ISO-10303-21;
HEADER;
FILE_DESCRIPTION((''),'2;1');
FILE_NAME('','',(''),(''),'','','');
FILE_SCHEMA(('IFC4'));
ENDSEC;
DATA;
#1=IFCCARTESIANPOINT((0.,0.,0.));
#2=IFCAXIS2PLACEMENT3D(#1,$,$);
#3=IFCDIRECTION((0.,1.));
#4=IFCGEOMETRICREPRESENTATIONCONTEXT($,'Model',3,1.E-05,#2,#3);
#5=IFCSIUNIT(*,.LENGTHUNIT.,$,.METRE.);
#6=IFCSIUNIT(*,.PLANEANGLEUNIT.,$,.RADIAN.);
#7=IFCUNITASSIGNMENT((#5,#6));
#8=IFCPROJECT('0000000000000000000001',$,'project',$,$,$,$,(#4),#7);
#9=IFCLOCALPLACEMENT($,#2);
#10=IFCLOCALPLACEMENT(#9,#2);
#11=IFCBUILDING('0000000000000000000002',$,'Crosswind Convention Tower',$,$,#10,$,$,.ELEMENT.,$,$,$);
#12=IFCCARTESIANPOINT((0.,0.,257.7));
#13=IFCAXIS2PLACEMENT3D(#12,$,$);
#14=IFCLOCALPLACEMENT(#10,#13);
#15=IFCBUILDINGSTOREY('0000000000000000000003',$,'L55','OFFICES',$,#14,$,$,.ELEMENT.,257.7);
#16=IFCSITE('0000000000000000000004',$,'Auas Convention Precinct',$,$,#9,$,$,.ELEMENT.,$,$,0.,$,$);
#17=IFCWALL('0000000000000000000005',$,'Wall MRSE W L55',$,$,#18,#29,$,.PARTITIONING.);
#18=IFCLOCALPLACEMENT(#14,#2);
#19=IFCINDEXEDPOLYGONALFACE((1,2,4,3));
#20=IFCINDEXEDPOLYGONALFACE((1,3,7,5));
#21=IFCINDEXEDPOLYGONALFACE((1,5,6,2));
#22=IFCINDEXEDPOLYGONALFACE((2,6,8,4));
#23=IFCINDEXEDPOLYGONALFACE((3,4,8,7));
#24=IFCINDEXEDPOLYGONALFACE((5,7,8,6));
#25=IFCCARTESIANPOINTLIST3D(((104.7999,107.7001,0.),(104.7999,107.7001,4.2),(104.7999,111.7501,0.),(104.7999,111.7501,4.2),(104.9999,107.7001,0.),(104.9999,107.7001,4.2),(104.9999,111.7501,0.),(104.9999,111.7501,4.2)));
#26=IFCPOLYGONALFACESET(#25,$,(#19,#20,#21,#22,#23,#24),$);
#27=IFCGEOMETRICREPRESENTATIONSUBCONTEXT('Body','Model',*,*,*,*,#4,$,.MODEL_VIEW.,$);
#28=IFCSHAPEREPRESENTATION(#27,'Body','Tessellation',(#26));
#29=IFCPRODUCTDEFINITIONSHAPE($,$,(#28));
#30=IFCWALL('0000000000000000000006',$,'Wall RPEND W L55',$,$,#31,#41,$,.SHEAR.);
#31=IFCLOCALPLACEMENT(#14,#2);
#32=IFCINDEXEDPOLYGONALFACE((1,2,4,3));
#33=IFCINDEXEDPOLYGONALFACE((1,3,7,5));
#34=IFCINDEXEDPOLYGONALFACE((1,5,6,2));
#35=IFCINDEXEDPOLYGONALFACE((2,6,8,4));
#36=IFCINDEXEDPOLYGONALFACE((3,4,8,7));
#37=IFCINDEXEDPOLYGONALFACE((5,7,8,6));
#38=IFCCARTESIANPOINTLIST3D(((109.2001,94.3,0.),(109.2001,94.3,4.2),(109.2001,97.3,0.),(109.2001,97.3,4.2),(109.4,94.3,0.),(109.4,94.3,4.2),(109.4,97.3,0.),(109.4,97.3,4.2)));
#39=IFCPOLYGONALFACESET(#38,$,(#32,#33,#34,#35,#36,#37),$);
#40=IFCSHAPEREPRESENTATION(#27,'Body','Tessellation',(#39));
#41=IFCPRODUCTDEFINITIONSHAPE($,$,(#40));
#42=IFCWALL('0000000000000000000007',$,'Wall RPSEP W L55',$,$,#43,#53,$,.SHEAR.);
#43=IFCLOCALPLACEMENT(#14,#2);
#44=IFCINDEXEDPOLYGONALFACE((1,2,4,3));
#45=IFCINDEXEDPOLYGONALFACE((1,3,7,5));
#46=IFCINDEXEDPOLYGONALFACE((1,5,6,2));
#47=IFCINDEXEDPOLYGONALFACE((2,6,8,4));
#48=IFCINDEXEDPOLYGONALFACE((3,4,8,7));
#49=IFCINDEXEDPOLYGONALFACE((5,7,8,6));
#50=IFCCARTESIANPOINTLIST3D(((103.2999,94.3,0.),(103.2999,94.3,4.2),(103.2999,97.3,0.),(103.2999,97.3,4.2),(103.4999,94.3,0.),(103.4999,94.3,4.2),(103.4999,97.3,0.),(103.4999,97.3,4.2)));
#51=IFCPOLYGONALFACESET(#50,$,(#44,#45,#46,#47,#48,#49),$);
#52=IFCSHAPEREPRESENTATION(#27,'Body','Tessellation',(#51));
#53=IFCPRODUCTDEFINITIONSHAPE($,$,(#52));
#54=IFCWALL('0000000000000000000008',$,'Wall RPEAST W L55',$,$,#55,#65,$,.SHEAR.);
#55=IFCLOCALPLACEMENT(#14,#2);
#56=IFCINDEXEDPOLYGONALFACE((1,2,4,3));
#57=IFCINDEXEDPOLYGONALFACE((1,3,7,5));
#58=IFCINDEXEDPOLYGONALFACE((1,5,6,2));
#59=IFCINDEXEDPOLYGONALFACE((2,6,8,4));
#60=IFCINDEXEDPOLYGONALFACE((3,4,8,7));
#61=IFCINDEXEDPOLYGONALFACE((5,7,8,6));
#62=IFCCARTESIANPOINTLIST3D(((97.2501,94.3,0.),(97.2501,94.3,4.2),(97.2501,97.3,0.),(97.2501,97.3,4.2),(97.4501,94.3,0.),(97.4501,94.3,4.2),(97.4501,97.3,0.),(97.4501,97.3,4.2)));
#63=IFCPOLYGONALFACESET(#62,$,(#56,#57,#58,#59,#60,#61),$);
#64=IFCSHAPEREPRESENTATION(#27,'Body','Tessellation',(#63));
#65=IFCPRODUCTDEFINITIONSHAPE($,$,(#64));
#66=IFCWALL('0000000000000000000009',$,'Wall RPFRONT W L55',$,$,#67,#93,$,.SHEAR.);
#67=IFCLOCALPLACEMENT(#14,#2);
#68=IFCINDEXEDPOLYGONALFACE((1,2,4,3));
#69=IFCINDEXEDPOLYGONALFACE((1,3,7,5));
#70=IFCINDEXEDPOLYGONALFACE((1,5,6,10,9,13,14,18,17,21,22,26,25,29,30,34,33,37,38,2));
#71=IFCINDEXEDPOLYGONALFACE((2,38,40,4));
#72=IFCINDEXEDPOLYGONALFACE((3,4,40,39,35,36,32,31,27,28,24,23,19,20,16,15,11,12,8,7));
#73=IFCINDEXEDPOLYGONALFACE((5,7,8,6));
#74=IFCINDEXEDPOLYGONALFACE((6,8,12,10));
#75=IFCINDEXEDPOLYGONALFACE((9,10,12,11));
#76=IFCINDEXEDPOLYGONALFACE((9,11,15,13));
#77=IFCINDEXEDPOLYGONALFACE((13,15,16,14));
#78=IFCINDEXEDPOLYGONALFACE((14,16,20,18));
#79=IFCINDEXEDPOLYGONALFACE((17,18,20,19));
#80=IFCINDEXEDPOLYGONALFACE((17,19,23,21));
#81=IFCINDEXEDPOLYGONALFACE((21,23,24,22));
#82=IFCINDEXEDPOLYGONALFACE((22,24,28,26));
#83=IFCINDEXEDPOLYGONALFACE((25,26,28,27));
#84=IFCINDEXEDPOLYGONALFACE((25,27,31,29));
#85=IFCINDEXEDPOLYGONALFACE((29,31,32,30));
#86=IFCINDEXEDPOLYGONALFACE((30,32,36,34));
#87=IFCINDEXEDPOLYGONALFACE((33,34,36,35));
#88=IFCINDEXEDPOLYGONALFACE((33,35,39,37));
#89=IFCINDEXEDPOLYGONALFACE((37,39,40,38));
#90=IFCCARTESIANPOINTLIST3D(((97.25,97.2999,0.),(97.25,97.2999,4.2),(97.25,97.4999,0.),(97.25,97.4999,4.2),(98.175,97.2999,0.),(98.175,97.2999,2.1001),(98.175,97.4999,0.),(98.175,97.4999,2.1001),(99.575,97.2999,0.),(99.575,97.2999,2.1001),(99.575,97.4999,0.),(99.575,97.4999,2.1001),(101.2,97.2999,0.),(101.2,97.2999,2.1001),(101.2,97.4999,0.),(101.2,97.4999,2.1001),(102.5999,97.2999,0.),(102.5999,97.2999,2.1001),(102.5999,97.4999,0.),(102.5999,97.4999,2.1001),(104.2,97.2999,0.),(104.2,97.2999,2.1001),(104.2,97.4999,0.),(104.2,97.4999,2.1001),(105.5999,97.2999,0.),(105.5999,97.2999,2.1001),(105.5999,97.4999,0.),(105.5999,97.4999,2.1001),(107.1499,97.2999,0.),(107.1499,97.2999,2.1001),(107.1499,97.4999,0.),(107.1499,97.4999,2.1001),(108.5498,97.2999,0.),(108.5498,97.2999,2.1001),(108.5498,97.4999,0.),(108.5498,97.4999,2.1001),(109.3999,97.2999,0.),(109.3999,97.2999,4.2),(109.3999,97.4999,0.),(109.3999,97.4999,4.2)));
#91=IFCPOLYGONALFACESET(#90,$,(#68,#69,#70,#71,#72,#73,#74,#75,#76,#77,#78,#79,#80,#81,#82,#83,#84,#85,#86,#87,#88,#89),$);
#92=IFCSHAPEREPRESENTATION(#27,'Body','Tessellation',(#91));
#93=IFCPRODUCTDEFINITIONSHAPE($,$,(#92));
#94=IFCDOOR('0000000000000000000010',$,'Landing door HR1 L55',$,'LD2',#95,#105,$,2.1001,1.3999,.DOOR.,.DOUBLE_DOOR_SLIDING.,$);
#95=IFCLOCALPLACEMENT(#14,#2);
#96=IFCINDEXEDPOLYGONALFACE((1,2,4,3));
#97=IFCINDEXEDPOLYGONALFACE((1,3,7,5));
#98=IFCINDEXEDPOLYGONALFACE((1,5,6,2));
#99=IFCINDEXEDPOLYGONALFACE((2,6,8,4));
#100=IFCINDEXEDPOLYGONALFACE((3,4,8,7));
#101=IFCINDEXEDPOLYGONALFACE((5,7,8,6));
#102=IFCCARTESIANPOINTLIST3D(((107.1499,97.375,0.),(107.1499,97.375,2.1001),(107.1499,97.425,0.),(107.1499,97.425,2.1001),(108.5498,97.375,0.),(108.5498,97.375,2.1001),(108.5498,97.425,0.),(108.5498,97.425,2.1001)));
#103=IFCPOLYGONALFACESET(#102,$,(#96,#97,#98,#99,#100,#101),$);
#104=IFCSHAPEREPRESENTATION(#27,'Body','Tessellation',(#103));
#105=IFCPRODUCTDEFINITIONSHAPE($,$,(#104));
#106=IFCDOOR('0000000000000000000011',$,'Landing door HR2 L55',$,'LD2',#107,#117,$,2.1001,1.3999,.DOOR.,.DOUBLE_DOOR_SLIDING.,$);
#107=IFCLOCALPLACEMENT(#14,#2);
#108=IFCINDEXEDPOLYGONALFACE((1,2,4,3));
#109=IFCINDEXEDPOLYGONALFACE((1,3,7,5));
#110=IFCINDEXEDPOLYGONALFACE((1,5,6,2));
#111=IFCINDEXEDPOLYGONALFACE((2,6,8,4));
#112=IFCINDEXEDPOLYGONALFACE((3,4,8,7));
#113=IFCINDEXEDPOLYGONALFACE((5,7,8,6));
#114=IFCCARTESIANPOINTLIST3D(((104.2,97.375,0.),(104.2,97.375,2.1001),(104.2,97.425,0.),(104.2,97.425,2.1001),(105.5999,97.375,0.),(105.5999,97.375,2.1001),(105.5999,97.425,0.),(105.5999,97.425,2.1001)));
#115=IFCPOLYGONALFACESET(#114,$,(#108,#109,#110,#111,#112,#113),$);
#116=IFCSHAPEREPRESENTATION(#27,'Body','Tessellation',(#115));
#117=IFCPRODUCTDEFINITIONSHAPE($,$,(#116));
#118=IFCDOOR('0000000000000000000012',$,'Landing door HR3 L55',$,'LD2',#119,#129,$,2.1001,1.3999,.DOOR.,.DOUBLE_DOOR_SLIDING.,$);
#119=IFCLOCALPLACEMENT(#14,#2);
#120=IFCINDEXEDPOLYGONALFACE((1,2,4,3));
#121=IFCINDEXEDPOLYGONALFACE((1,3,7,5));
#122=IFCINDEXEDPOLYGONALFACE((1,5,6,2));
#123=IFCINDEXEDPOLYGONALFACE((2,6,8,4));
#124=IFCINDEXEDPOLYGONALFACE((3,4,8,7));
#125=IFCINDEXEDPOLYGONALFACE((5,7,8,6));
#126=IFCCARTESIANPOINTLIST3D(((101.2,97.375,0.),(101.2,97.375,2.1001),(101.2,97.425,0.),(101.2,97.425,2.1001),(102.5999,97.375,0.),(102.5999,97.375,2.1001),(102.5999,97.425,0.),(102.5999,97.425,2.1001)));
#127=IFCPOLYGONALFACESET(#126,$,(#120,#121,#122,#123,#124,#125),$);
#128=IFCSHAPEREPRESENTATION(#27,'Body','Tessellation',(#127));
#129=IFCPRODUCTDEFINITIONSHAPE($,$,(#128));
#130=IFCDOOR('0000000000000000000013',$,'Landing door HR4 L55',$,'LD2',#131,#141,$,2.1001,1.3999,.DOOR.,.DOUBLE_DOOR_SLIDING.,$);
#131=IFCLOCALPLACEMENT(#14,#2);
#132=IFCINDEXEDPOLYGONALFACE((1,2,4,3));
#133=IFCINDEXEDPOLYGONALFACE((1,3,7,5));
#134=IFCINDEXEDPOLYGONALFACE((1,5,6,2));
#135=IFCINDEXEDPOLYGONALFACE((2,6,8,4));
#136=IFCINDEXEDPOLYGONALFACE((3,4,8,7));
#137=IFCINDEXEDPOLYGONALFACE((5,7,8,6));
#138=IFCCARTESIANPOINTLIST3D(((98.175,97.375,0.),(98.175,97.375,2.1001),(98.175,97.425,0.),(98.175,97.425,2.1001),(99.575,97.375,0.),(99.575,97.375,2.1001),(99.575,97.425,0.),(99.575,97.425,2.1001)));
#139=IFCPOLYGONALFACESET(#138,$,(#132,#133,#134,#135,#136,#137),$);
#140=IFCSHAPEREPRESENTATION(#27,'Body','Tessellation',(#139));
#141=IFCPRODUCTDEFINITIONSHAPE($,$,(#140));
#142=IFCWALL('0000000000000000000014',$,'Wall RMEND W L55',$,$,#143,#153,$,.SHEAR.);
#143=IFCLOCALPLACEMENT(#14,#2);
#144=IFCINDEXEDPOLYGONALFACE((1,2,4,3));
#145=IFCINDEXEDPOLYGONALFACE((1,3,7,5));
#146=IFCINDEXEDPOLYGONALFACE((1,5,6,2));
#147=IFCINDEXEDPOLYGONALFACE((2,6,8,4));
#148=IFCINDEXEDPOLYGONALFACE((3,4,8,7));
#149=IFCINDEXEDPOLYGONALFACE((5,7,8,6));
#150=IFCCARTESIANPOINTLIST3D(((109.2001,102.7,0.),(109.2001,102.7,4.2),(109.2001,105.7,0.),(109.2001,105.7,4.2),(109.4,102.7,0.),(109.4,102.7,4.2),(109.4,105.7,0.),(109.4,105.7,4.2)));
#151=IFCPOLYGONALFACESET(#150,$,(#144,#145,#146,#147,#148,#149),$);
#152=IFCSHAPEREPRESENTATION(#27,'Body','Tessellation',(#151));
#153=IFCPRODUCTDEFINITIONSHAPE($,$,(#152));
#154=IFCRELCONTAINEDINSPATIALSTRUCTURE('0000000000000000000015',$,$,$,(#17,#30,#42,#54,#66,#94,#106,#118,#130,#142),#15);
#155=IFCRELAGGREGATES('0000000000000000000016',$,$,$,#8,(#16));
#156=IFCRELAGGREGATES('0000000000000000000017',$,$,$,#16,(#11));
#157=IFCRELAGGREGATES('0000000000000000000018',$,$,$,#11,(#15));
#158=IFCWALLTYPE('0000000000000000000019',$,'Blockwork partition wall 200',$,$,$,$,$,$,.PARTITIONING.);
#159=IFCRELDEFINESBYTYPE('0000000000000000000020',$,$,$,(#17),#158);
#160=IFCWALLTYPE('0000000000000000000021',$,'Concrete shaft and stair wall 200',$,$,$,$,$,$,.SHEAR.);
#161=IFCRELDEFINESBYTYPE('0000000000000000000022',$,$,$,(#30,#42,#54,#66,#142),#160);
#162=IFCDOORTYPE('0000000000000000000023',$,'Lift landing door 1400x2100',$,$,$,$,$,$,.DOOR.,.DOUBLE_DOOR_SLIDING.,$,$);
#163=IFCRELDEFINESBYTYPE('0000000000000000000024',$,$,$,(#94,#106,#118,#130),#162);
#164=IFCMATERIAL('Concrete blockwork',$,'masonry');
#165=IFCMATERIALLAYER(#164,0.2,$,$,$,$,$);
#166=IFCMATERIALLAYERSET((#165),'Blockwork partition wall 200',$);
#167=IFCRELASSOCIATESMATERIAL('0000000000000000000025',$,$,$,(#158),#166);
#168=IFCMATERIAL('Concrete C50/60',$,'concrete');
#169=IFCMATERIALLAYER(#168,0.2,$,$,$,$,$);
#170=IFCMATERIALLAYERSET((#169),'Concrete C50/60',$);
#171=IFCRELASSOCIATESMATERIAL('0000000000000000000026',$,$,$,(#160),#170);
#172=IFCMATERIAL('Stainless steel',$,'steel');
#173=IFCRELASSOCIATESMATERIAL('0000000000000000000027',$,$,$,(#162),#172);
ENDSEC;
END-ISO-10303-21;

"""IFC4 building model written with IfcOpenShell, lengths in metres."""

from ifc_helpers import new_model, si_unit, direction, frame, frame_2d, origin, place, context, subcontext, project, spatial, rectangle, extrude, material, layer, layer_set, type_object, element, fill, save


model = new_model("IFC4")

# Units and contexts
model_context = context("Model", 3, precision=1e-05, world=origin(), true_north=direction((0.0, 1.0)))
body_context = subcontext(model_context, "Body", "Model", "MODEL_VIEW")
ifc_project = project(units=[si_unit("LENGTHUNIT", "METRE"), si_unit("PLANEANGLEUNIT", "RADIAN")], contexts=[model_context])

# Site, building, storey
site_placement = place(None, origin())
site = spatial("IfcSite", under=ifc_project, at=site_placement, Name="Auas Convention Precinct", CompositionType="ELEMENT", RefElevation=0.0)
building_placement = place(site_placement, origin())
building = spatial("IfcBuilding", under=site, at=building_placement, Name="Crosswind Convention Tower", CompositionType="ELEMENT")
storey_placement = place(building_placement, frame((0.0, 0.0, 257.7)))
storey = spatial("IfcBuildingStorey", under=building, at=storey_placement, Name="L55", Description="OFFICES", CompositionType="ELEMENT", Elevation=257.7)

# Walls
ifc_material_1 = material(Name="Concrete blockwork", Category="masonry")
ifc_layer_1 = layer(ifc_material_1, 0.2)
ifc_layer_set_1 = layer_set([ifc_layer_1], Name="Blockwork partition wall 200")
wall_type_1 = type_object("IfcWallType", Name="Blockwork partition wall 200", PredefinedType="PARTITIONING", material=ifc_layer_set_1)
wall_1_placement = place(storey_placement, frame((104.8999, 111.75, 0.0), z_axis=(0.0, 0.0, 1.0), x_axis=(0.0, -1.0, 0.0)))
element("IfcWall", 1, at=wall_1_placement, inside=storey, type_object=wall_type_1, Name="Wall MRSE W L55", PredefinedType="PARTITIONING", context=body_context, shape_type="SweptSolid", body=[
    extrude(rectangle(XDim=4.05, YDim=0.2, at=frame_2d((2.0249, 0.0))), origin(), (0.0, 0.0, 1.0), 4.2),
])
ifc_material_2 = material(Name="Concrete C50/60", Category="concrete")
ifc_layer_2 = layer(ifc_material_2, 0.2)
ifc_layer_set_2 = layer_set([ifc_layer_2], Name="Concrete C50/60")
wall_type_2 = type_object("IfcWallType", Name="Concrete shaft and stair wall 200", PredefinedType="SHEAR", material=ifc_layer_set_2)
for number, where, z_axis, x_axis, name in (
    (2, (109.3, 97.3, 0.0), (0.0, 0.0, 1.0), (0.0, -1.0, 0.0), "Wall RPEND W L55"),
    (3, (103.3999, 97.3, 0.0), (0.0, 0.0, 1.0), (0.0, -1.0, 0.0), "Wall RPSEP W L55"),
    (4, (97.3501, 97.3, 0.0), (0.0, 0.0, 1.0), (0.0, -1.0, 0.0), "Wall RPEAST W L55"),
):
    element("IfcWall", number, at=place(storey_placement, frame(where, z_axis=z_axis, x_axis=x_axis)), inside=storey, type_object=wall_type_2, Name=name, PredefinedType="SHEAR", context=body_context, shape_type="SweptSolid", body=[
        extrude(rectangle(XDim=3.0, YDim=0.2, at=frame_2d((1.5, 0.0))), origin(), (0.0, 0.0, 1.0), 4.2),
    ])

# Wall, openings, doors
wall_2_placement = place(storey_placement, frame((109.3999, 97.3999, 0.0), z_axis=(0.0, 0.0, 1.0), x_axis=(-1.0, 0.0, 0.0)))
wall_2 = element("IfcWall", 5, at=wall_2_placement, inside=storey, type_object=wall_type_2, Name="Wall RPFRONT W L55", PredefinedType="SHEAR", context=body_context, shape_type="SweptSolid", body=[
    extrude(rectangle(XDim=12.1499, YDim=0.2, at=frame_2d((6.075, 0.0))), origin(), (0.0, 0.0, 1.0), 4.2),
])
opening_1_placement = place(wall_2_placement, frame((0.8501, 0.0, 0.0)))
opening_1 = element("IfcOpeningElement", 6, at=opening_1_placement, cuts=wall_2, PredefinedType="OPENING", context=body_context, shape_type="SweptSolid", body=[
    extrude(rectangle(XDim=1.3999, YDim=2.1001, at=frame_2d((0.7, 1.05))), frame((0.0, 0.1099, 0.0), z_axis=(0.0, -1.0, 0.0), x_axis=(1.0, 0.0, 0.0)), (0.0, 0.0, 1.0), 0.22),
])
opening_2_placement = place(wall_2_placement, frame((3.8, 0.0, 0.0)))
opening_2 = element("IfcOpeningElement", 7, at=opening_2_placement, cuts=wall_2, PredefinedType="OPENING", context=body_context, shape_type="SweptSolid", body=[
    extrude(rectangle(XDim=1.3999, YDim=2.1001, at=frame_2d((0.7, 1.05))), frame((0.0, 0.1099, 0.0), z_axis=(0.0, -1.0, 0.0), x_axis=(1.0, 0.0, 0.0)), (0.0, 0.0, 1.0), 0.22),
])
opening_3_placement = place(wall_2_placement, frame((6.8, 0.0, 0.0)))
opening_3 = element("IfcOpeningElement", 8, at=opening_3_placement, cuts=wall_2, PredefinedType="OPENING", context=body_context, shape_type="SweptSolid", body=[
    extrude(rectangle(XDim=1.3999, YDim=2.1001, at=frame_2d((0.7, 1.05))), frame((0.0, 0.1099, 0.0), z_axis=(0.0, -1.0, 0.0), x_axis=(1.0, 0.0, 0.0)), (0.0, 0.0, 1.0), 0.22),
])
opening_4_placement = place(wall_2_placement, frame((9.825, 0.0, 0.0)))
opening_4 = element("IfcOpeningElement", 9, at=opening_4_placement, cuts=wall_2, PredefinedType="OPENING", context=body_context, shape_type="SweptSolid", body=[
    extrude(rectangle(XDim=1.3999, YDim=2.1001, at=frame_2d((0.7, 1.05))), frame((0.0, 0.1099, 0.0), z_axis=(0.0, -1.0, 0.0), x_axis=(1.0, 0.0, 0.0)), (0.0, 0.0, 1.0), 0.22),
])
ifc_material_3 = material(Name="Stainless steel", Category="steel")
door_type_1 = type_object("IfcDoorType", Name="Lift landing door 1400x2100", OperationType="DOUBLE_DOOR_SLIDING", PredefinedType="DOOR", material=ifc_material_3)
door_1_placement = place(opening_1_placement, origin())
door_1 = element("IfcDoor", 10, at=door_1_placement, inside=storey, type_object=door_type_1, Name="Landing door HR1 L55", ObjectType="LD2", OperationType="DOUBLE_DOOR_SLIDING", OverallHeight=2.1001, OverallWidth=1.3999, PredefinedType="DOOR", context=body_context, shape_type="SweptSolid", body=[
    extrude(rectangle(XDim=1.3999, YDim=2.1001, at=frame_2d((0.7, 1.05))), frame((0.0, 0.0249, 0.0), z_axis=(0.0, -1.0, 0.0), x_axis=(1.0, 0.0, 0.0)), (0.0, 0.0, 1.0), 0.05),
])
fill(opening_1, door_1)
door_2_placement = place(opening_2_placement, origin())
door_2 = element("IfcDoor", 11, at=door_2_placement, inside=storey, type_object=door_type_1, Name="Landing door HR2 L55", ObjectType="LD2", OperationType="DOUBLE_DOOR_SLIDING", OverallHeight=2.1001, OverallWidth=1.3999, PredefinedType="DOOR", context=body_context, shape_type="SweptSolid", body=[
    extrude(rectangle(XDim=1.3999, YDim=2.1001, at=frame_2d((0.7, 1.05))), frame((0.0, 0.0249, 0.0), z_axis=(0.0, -1.0, 0.0), x_axis=(1.0, 0.0, 0.0)), (0.0, 0.0, 1.0), 0.05),
])
fill(opening_2, door_2)
door_3_placement = place(opening_3_placement, origin())
door_3 = element("IfcDoor", 12, at=door_3_placement, inside=storey, type_object=door_type_1, Name="Landing door HR3 L55", ObjectType="LD2", OperationType="DOUBLE_DOOR_SLIDING", OverallHeight=2.1001, OverallWidth=1.3999, PredefinedType="DOOR", context=body_context, shape_type="SweptSolid", body=[
    extrude(rectangle(XDim=1.3999, YDim=2.1001, at=frame_2d((0.7, 1.05))), frame((0.0, 0.0249, 0.0), z_axis=(0.0, -1.0, 0.0), x_axis=(1.0, 0.0, 0.0)), (0.0, 0.0, 1.0), 0.05),
])
fill(opening_3, door_3)
door_4_placement = place(opening_4_placement, origin())
door_4 = element("IfcDoor", 13, at=door_4_placement, inside=storey, type_object=door_type_1, Name="Landing door HR4 L55", ObjectType="LD2", OperationType="DOUBLE_DOOR_SLIDING", OverallHeight=2.1001, OverallWidth=1.3999, PredefinedType="DOOR", context=body_context, shape_type="SweptSolid", body=[
    extrude(rectangle(XDim=1.3999, YDim=2.1001, at=frame_2d((0.7, 1.05))), frame((0.0, 0.0249, 0.0), z_axis=(0.0, -1.0, 0.0), x_axis=(1.0, 0.0, 0.0)), (0.0, 0.0, 1.0), 0.05),
])
fill(opening_4, door_4)

# Wall
wall_3_placement = place(storey_placement, frame((109.3, 105.7, 0.0), z_axis=(0.0, 0.0, 1.0), x_axis=(0.0, -1.0, 0.0)))
element("IfcWall", 14, at=wall_3_placement, inside=storey, type_object=wall_type_2, Name="Wall RMEND W L55", PredefinedType="SHEAR", context=body_context, shape_type="SweptSolid", body=[
    extrude(rectangle(XDim=3.0, YDim=0.2, at=frame_2d((1.5, 0.0))), origin(), (0.0, 0.0, 1.0), 4.2),
])

save(model, "model.ifc")
